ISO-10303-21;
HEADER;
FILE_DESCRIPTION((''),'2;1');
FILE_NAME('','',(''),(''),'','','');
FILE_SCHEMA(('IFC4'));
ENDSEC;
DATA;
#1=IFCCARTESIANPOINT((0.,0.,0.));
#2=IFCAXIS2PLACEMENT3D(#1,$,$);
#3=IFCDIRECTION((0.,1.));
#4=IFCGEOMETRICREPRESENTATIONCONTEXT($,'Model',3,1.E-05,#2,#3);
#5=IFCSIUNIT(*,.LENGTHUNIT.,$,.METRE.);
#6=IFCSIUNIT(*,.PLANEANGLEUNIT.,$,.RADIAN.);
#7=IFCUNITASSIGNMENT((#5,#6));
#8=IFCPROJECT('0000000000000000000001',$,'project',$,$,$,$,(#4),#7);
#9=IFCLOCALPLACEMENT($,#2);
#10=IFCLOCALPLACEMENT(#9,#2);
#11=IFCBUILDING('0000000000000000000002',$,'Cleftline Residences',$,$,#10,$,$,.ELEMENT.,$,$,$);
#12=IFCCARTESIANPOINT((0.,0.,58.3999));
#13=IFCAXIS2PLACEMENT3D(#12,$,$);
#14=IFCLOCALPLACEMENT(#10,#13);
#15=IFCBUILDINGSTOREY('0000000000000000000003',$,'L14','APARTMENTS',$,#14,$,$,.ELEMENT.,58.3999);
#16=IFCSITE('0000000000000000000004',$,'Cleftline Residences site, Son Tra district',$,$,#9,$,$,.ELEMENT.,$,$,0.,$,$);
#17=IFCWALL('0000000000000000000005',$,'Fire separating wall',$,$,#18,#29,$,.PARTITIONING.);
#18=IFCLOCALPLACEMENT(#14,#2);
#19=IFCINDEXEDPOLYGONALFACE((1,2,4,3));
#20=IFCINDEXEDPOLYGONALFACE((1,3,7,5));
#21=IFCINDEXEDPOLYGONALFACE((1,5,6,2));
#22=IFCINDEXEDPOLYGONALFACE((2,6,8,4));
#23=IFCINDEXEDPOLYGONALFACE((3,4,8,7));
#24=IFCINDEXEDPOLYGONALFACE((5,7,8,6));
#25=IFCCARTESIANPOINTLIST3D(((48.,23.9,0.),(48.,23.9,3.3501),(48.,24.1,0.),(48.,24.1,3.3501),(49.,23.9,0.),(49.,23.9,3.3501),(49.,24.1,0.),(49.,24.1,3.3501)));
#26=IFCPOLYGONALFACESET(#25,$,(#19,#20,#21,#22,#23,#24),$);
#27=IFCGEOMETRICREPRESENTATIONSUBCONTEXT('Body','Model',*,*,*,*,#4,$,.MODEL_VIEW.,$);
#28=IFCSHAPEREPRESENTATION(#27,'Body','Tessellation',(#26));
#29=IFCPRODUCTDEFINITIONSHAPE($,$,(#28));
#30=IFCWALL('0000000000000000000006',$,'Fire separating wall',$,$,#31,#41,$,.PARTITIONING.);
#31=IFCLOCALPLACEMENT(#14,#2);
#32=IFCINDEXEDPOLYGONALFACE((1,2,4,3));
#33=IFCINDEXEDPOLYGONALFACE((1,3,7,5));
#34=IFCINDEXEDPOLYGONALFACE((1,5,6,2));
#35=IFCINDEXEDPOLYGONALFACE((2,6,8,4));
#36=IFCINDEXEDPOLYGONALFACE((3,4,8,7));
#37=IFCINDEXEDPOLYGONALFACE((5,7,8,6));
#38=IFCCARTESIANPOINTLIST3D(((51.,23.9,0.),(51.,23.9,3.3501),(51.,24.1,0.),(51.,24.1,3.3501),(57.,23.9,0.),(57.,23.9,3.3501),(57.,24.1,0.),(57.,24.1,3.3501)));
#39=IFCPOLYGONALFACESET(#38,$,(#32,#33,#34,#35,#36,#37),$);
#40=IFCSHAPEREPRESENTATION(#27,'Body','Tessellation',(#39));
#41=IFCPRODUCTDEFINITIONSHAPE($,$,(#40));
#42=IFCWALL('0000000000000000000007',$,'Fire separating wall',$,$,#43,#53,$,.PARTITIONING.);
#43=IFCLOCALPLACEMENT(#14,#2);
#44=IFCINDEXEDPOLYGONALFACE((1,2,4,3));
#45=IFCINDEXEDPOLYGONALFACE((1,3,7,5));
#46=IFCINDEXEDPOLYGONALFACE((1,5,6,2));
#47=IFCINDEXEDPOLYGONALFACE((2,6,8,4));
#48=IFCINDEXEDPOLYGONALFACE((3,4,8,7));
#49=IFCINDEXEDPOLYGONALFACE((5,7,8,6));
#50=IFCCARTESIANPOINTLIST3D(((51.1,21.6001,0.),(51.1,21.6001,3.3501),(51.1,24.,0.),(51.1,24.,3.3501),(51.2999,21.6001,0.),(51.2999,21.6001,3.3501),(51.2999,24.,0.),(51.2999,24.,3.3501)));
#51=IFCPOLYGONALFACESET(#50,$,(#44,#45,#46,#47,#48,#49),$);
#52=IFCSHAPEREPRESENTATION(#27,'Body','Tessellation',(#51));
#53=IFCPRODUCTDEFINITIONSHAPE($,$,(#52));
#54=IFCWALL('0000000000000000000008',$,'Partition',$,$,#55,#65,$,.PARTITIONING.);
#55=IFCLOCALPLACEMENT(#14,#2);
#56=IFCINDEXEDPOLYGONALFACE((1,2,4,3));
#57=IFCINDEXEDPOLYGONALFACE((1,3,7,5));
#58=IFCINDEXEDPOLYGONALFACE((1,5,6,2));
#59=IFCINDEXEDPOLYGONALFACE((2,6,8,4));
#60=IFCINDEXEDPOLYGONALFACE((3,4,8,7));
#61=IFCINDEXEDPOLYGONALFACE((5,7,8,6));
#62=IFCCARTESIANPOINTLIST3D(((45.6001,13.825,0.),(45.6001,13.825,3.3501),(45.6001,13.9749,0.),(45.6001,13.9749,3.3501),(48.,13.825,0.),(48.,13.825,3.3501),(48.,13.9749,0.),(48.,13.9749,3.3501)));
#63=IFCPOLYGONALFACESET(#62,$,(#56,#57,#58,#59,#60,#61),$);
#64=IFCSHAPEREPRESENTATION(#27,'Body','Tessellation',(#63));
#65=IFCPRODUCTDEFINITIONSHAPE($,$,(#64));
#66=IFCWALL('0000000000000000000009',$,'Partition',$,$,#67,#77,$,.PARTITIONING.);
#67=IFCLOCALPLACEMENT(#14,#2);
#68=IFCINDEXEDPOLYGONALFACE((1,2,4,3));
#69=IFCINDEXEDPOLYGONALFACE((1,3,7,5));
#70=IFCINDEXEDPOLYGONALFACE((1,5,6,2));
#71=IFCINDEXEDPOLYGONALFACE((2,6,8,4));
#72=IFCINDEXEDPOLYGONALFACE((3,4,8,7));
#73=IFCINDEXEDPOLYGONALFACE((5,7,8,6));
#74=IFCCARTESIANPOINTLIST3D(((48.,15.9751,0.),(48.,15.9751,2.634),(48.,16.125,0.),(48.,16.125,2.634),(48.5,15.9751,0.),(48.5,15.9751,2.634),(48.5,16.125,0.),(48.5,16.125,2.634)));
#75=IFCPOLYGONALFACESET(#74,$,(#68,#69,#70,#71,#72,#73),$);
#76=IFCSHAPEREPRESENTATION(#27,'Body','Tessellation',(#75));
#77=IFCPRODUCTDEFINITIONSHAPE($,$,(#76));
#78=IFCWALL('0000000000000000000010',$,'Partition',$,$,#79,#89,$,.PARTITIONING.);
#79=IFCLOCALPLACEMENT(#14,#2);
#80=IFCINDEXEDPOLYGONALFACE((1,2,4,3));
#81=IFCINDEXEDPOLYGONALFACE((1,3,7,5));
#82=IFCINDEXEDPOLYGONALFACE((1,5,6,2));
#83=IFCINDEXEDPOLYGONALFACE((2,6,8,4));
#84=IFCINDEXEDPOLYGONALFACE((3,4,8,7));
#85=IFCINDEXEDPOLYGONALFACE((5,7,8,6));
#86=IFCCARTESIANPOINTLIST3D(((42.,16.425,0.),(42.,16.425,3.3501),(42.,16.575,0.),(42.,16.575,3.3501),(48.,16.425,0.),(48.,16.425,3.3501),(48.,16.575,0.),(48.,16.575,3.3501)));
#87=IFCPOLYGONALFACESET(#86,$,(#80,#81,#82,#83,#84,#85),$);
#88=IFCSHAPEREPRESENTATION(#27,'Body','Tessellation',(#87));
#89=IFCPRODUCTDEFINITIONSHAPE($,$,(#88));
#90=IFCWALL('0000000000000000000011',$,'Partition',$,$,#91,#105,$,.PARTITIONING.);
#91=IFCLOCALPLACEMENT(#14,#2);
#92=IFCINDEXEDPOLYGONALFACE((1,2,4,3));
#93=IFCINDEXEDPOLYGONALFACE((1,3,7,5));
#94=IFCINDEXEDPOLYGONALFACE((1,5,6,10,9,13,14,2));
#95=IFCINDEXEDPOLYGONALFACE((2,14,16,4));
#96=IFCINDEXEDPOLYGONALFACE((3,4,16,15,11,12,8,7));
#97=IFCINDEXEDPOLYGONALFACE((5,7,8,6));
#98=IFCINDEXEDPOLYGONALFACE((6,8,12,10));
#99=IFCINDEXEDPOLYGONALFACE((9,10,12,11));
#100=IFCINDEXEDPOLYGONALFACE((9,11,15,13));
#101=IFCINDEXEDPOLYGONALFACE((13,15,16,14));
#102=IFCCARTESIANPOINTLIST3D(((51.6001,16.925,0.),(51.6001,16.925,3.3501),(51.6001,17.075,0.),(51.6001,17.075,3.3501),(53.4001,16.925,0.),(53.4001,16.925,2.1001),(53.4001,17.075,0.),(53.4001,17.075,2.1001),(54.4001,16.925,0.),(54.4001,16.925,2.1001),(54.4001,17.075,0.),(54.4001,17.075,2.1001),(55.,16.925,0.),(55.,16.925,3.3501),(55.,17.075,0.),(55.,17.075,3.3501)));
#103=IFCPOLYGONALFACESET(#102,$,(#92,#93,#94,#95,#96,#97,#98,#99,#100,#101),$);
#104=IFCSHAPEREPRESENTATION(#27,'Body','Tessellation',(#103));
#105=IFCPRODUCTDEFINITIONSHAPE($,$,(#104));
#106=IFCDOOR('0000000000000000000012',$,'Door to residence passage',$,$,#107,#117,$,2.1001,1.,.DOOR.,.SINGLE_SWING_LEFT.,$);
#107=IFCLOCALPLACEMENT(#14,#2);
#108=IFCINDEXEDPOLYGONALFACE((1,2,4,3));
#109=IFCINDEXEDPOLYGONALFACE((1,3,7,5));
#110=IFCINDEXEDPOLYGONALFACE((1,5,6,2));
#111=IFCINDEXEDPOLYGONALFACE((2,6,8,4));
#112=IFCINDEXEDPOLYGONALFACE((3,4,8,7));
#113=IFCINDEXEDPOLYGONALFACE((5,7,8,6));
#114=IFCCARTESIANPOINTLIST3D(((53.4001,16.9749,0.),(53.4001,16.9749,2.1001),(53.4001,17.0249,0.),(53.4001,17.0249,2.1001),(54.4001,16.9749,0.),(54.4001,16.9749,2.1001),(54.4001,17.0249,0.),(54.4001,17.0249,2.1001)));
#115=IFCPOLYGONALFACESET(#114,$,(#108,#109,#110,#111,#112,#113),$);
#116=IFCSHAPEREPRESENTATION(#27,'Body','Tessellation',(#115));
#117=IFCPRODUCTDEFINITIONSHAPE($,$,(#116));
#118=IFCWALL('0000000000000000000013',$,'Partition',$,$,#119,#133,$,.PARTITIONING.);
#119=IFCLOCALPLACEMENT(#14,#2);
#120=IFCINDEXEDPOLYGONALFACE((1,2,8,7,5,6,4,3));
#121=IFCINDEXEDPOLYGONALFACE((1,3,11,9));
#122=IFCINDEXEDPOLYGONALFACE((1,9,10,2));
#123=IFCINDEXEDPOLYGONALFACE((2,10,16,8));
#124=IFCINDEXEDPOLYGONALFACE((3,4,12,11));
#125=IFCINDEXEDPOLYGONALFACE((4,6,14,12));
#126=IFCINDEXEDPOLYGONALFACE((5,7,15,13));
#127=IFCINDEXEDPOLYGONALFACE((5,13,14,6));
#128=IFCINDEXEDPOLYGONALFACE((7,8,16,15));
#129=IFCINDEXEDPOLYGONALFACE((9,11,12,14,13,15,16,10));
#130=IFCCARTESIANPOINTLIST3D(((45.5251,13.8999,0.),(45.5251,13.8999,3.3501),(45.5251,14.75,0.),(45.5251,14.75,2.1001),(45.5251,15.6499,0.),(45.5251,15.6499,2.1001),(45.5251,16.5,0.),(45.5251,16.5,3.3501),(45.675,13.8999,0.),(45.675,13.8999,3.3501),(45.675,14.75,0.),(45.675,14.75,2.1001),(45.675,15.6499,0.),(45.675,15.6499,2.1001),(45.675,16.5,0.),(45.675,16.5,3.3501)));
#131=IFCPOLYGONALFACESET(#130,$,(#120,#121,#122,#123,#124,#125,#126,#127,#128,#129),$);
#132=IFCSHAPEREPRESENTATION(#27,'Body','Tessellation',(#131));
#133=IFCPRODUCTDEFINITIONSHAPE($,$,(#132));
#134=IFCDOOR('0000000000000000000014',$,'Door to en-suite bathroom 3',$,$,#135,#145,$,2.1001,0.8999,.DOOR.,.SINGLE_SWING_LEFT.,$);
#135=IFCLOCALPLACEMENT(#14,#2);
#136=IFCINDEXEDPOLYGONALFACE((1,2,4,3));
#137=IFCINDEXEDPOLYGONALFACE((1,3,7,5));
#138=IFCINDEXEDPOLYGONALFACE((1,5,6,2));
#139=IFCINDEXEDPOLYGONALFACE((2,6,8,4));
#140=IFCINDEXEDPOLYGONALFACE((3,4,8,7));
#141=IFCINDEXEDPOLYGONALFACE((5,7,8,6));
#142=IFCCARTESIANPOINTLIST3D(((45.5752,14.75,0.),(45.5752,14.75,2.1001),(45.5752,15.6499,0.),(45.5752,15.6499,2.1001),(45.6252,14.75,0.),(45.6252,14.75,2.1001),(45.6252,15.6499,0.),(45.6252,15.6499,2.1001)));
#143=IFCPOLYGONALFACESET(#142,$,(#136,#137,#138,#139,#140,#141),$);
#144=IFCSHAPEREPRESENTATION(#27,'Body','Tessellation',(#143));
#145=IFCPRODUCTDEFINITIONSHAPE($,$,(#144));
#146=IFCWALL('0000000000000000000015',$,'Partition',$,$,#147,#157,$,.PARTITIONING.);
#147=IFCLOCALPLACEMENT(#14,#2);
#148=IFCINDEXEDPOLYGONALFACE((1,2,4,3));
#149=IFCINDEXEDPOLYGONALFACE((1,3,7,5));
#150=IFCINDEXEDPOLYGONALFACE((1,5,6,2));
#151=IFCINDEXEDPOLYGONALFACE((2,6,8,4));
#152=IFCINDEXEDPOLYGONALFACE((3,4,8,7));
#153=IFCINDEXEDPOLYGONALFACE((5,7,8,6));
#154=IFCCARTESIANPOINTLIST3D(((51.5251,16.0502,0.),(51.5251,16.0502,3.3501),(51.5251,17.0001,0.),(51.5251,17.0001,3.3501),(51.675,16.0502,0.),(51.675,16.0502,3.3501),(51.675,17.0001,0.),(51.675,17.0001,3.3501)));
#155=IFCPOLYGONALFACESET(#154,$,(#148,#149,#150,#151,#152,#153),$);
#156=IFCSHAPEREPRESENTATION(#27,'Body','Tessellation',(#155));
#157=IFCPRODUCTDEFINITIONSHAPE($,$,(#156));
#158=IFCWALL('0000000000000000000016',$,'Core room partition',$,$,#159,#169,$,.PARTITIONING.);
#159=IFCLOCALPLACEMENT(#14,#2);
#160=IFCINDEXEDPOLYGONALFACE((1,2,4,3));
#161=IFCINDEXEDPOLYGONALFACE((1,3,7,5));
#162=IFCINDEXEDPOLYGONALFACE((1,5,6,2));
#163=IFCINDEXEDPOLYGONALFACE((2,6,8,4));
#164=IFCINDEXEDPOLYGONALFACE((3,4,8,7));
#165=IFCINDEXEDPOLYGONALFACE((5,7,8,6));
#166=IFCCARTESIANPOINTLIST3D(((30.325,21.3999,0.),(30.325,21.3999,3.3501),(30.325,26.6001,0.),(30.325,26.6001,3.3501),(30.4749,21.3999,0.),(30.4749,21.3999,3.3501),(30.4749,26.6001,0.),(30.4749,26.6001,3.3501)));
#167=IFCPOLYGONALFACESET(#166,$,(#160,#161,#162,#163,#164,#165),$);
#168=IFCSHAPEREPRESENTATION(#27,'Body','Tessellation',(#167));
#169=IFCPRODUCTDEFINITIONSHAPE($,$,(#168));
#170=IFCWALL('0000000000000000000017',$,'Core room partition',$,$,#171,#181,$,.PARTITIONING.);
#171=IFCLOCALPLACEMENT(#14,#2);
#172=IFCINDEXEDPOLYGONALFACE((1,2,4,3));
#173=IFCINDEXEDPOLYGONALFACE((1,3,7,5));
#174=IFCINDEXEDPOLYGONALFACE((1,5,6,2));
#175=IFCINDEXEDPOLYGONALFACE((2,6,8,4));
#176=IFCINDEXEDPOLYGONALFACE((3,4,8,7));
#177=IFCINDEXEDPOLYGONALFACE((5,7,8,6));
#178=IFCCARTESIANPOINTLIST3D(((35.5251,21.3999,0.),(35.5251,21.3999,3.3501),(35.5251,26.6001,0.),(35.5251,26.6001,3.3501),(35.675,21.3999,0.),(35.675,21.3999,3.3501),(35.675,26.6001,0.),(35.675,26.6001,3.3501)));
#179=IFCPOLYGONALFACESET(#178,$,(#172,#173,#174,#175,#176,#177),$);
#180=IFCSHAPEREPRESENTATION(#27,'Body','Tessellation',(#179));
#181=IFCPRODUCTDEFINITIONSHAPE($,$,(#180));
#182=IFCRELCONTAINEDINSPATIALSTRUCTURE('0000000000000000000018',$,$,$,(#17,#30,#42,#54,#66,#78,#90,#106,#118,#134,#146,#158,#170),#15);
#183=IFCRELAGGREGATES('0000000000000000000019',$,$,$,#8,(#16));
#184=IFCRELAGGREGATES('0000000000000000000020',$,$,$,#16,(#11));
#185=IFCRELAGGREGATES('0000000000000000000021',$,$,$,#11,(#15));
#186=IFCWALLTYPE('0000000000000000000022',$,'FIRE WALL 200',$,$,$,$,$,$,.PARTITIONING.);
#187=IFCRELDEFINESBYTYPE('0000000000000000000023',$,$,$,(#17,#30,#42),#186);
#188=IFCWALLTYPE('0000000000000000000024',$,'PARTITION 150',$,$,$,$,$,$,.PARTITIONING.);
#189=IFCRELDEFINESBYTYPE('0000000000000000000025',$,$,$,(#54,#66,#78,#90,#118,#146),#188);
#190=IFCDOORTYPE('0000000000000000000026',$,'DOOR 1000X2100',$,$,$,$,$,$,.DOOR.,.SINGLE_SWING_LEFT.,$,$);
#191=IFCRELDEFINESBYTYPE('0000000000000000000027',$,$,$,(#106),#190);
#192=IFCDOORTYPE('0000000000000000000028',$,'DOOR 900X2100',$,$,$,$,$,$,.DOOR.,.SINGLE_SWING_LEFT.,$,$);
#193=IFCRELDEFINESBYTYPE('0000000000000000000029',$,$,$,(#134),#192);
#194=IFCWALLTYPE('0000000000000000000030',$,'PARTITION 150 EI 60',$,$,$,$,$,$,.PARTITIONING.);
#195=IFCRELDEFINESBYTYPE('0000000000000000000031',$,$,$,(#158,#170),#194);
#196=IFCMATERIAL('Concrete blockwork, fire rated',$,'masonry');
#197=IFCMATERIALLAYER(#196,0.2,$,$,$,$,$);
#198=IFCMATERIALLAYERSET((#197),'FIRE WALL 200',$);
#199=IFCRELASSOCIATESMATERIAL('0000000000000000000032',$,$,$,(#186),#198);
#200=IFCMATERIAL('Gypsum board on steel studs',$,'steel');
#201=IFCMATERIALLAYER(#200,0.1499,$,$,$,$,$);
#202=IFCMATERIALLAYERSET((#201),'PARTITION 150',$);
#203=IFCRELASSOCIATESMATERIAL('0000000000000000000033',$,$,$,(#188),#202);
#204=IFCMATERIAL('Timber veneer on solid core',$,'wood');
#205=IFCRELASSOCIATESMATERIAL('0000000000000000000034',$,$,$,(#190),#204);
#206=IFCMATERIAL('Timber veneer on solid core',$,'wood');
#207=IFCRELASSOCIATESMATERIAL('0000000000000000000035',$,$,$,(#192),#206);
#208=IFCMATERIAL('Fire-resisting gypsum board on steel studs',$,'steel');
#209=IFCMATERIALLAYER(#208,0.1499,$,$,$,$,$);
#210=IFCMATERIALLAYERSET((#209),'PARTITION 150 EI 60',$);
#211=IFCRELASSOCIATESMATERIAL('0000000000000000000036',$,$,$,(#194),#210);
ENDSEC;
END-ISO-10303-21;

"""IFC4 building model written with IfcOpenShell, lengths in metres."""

from ifc_helpers import new_model, si_unit, direction, frame, frame_2d, origin, place, context, subcontext, project, spatial, rectangle, extrude, material, layer, layer_set, type_object, element, fill, save


model = new_model("IFC4")

# Units and contexts
model_context = context("Model", 3, precision=1e-05, world=origin(), true_north=direction((0.0, 1.0)))
body_context = subcontext(model_context, "Body", "Model", "MODEL_VIEW")
ifc_project = project(units=[si_unit("LENGTHUNIT", "METRE"), si_unit("PLANEANGLEUNIT", "RADIAN")], contexts=[model_context])

# Site, building, storey
site_placement = place(None, origin())
site = spatial("IfcSite", under=ifc_project, at=site_placement, Name="Cleftline Residences site, Son Tra district", CompositionType="ELEMENT", RefElevation=0.0)
building_placement = place(site_placement, origin())
building = spatial("IfcBuilding", under=site, at=building_placement, Name="Cleftline Residences", CompositionType="ELEMENT")
storey_placement = place(building_placement, frame((0.0, 0.0, 58.3999)))
storey = spatial("IfcBuildingStorey", under=building, at=storey_placement, Name="L14", Description="APARTMENTS", CompositionType="ELEMENT", Elevation=58.3999)

# Shared definitions
ifc_material_1 = material(Name="Concrete blockwork, fire rated", Category="masonry")
ifc_layer_1 = layer(ifc_material_1, 0.2)
ifc_layer_set_1 = layer_set([ifc_layer_1], Name="FIRE WALL 200")
wall_type_1 = type_object("IfcWallType", Name="FIRE WALL 200", PredefinedType="PARTITIONING", material=ifc_layer_set_1)

# Walls
wall_1_placement = place(storey_placement, frame((48.0, 24.0, 0.0), z_axis=(0.0, 0.0, 1.0), x_axis=(1.0, 0.0, 0.0)))
element("IfcWall", 1, at=wall_1_placement, inside=storey, type_object=wall_type_1, Name="Fire separating wall", PredefinedType="PARTITIONING", context=body_context, shape_type="SweptSolid", body=[
    extrude(rectangle(XDim=1.0, YDim=0.2, at=frame_2d((0.5, 0.0))), origin(), (0.0, 0.0, 1.0), 3.3501),
])
wall_2_placement = place(storey_placement, frame((51.0, 24.0, 0.0), z_axis=(0.0, 0.0, 1.0), x_axis=(1.0, 0.0, 0.0)))
element("IfcWall", 2, at=wall_2_placement, inside=storey, type_object=wall_type_1, Name="Fire separating wall", PredefinedType="PARTITIONING", context=body_context, shape_type="SweptSolid", body=[
    extrude(rectangle(XDim=6.0, YDim=0.2, at=frame_2d((3.0, 0.0))), origin(), (0.0, 0.0, 1.0), 3.3501),
])

# Walls
wall_3_placement = place(storey_placement, frame((51.2, 21.6001, 0.0), z_axis=(0.0, 0.0, 1.0), x_axis=(0.0, 1.0, 0.0)))
element("IfcWall", 3, at=wall_3_placement, inside=storey, type_object=wall_type_1, Name="Fire separating wall", PredefinedType="PARTITIONING", context=body_context, shape_type="SweptSolid", body=[
    extrude(rectangle(XDim=2.3999, YDim=0.2, at=frame_2d((1.2, 0.0))), origin(), (0.0, 0.0, 1.0), 3.3501),
])
ifc_material_2 = material(Name="Gypsum board on steel studs", Category="steel")
ifc_layer_2 = layer(ifc_material_2, 0.1499)
ifc_layer_set_2 = layer_set([ifc_layer_2], Name="PARTITION 150")
wall_type_2 = type_object("IfcWallType", Name="PARTITION 150", PredefinedType="PARTITIONING", material=ifc_layer_set_2)
wall_4_placement = place(storey_placement, frame((45.6001, 13.8999, 0.0), z_axis=(0.0, 0.0, 1.0), x_axis=(1.0, 0.0, 0.0)))
element("IfcWall", 4, at=wall_4_placement, inside=storey, type_object=wall_type_2, Name="Partition", PredefinedType="PARTITIONING", context=body_context, shape_type="SweptSolid", body=[
    extrude(rectangle(XDim=2.3999, YDim=0.1499, at=frame_2d((1.2, 0.0))), origin(), (0.0, 0.0, 1.0), 3.3501),
])
wall_5_placement = place(storey_placement, frame((48.0, 16.05, 0.0), z_axis=(0.0, 0.0, 1.0), x_axis=(1.0, 0.0, 0.0)))
element("IfcWall", 5, at=wall_5_placement, inside=storey, type_object=wall_type_2, Name="Partition", PredefinedType="PARTITIONING", context=body_context, shape_type="SweptSolid", body=[
    extrude(rectangle(XDim=0.5, YDim=0.1499, at=frame_2d((0.25, 0.0))), origin(), (0.0, 0.0, 1.0), 2.634),
])
wall_6_placement = place(storey_placement, frame((42.0, 16.5, 0.0), z_axis=(0.0, 0.0, 1.0), x_axis=(1.0, 0.0, 0.0)))
element("IfcWall", 6, at=wall_6_placement, inside=storey, type_object=wall_type_2, Name="Partition", PredefinedType="PARTITIONING", context=body_context, shape_type="SweptSolid", body=[
    extrude(rectangle(XDim=6.0, YDim=0.1499, at=frame_2d((3.0, 0.0))), origin(), (0.0, 0.0, 1.0), 3.3501),
])

# Walls, openings, doors
wall_7_placement = place(storey_placement, frame((51.6001, 17.0, 0.0), z_axis=(0.0, 0.0, 1.0), x_axis=(1.0, 0.0, 0.0)))
wall_7 = element("IfcWall", 7, at=wall_7_placement, inside=storey, type_object=wall_type_2, Name="Partition", PredefinedType="PARTITIONING", context=body_context, shape_type="SweptSolid", body=[
    extrude(rectangle(XDim=3.3999, YDim=0.1499, at=frame_2d((1.7, 0.0))), origin(), (0.0, 0.0, 1.0), 3.3501),
])
opening_1_placement = place(wall_7_placement, frame((1.8, 0.0, 0.0)))
opening_1 = element("IfcOpeningElement", 8, at=opening_1_placement, cuts=wall_7, PredefinedType="OPENING", context=body_context, shape_type="SweptSolid", body=[
    extrude(rectangle(XDim=1.0, YDim=2.1001, at=frame_2d((0.5, 1.05))), frame((0.0, 0.085, 0.0), z_axis=(0.0, -1.0, 0.0), x_axis=(1.0, 0.0, 0.0)), (0.0, 0.0, 1.0), 0.1699),
])
ifc_material_3 = material(Name="Timber veneer on solid core", Category="wood")
door_type_1 = type_object("IfcDoorType", Name="DOOR 1000X2100", OperationType="SINGLE_SWING_LEFT", PredefinedType="DOOR", material=ifc_material_3)
door_1_placement = place(opening_1_placement, origin())
door_1 = element("IfcDoor", 9, at=door_1_placement, inside=storey, type_object=door_type_1, Name="Door to residence passage", OperationType="SINGLE_SWING_LEFT", OverallHeight=2.1001, OverallWidth=1.0, PredefinedType="DOOR", context=body_context, shape_type="SweptSolid", body=[
    extrude(rectangle(XDim=1.0, YDim=2.1001, at=frame_2d((0.5, 1.05))), frame((0.0, 0.0249, 0.0), z_axis=(0.0, -1.0, 0.0), x_axis=(1.0, 0.0, 0.0)), (0.0, 0.0, 1.0), 0.05),
])
fill(opening_1, door_1)
wall_8_placement = place(storey_placement, frame((45.6001, 13.8999, 0.0), z_axis=(0.0, 0.0, 1.0), x_axis=(0.0, 1.0, 0.0)))
wall_8 = element("IfcWall", 10, at=wall_8_placement, inside=storey, type_object=wall_type_2, Name="Partition", PredefinedType="PARTITIONING", context=body_context, shape_type="SweptSolid", body=[
    extrude(rectangle(XDim=2.6001, YDim=0.1499, at=frame_2d((1.3, 0.0))), origin(), (0.0, 0.0, 1.0), 3.3501),
])
opening_2_placement = place(wall_8_placement, frame((0.8501, 0.0, 0.0)))
opening_2 = element("IfcOpeningElement", 11, at=opening_2_placement, cuts=wall_8, PredefinedType="OPENING", context=body_context, shape_type="SweptSolid", body=[
    extrude(rectangle(XDim=0.8999, YDim=2.1001, at=frame_2d((0.45, 1.05))), frame((0.0, 0.085, 0.0), z_axis=(0.0, -1.0, 0.0), x_axis=(1.0, 0.0, 0.0)), (0.0, 0.0, 1.0), 0.1699),
])
ifc_material_4 = material(Name="Timber veneer on solid core", Category="wood")
door_type_2 = type_object("IfcDoorType", Name="DOOR 900X2100", OperationType="SINGLE_SWING_LEFT", PredefinedType="DOOR", material=ifc_material_4)
door_2_placement = place(opening_2_placement, origin())
door_2 = element("IfcDoor", 12, at=door_2_placement, inside=storey, type_object=door_type_2, Name="Door to en-suite bathroom 3", OperationType="SINGLE_SWING_LEFT", OverallHeight=2.1001, OverallWidth=0.8999, PredefinedType="DOOR", context=body_context, shape_type="SweptSolid", body=[
    extrude(rectangle(XDim=0.8999, YDim=2.1001, at=frame_2d((0.45, 1.05))), frame((0.0, 0.0249, 0.0), z_axis=(0.0, -1.0, 0.0), x_axis=(1.0, 0.0, 0.0)), (0.0, 0.0, 1.0), 0.05),
])
fill(opening_2, door_2)

# Walls
wall_9_placement = place(storey_placement, frame((51.6001, 16.05, 0.0), z_axis=(0.0, 0.0, 1.0), x_axis=(0.0, 1.0, 0.0)))
element("IfcWall", 13, at=wall_9_placement, inside=storey, type_object=wall_type_2, Name="Partition", PredefinedType="PARTITIONING", context=body_context, shape_type="SweptSolid", body=[
    extrude(rectangle(XDim=0.95, YDim=0.1499, at=frame_2d((0.4751, 0.0))), origin(), (0.0, 0.0, 1.0), 3.3501),
])
ifc_material_5 = material(Name="Fire-resisting gypsum board on steel studs", Category="steel")
ifc_layer_3 = layer(ifc_material_5, 0.1499)
ifc_layer_set_3 = layer_set([ifc_layer_3], Name="PARTITION 150 EI 60")
wall_type_3 = type_object("IfcWallType", Name="PARTITION 150 EI 60", PredefinedType="PARTITIONING", material=ifc_layer_set_3)
for number, where, z_axis, x_axis, name in (
    (14, (30.3999, 21.3999, 0.0), (0.0, 0.0, 1.0), (0.0, 1.0, 0.0), "Core room partition"),
    (15, (35.6001, 21.3999, 0.0), (0.0, 0.0, 1.0), (0.0, 1.0, 0.0), "Core room partition"),
):
    element("IfcWall", number, at=place(storey_placement, frame(where, z_axis=z_axis, x_axis=x_axis)), inside=storey, type_object=wall_type_3, Name=name, PredefinedType="PARTITIONING", context=body_context, shape_type="SweptSolid", body=[
        extrude(rectangle(XDim=5.2002, YDim=0.1499, at=frame_2d((2.6001, 0.0))), origin(), (0.0, 0.0, 1.0), 3.3501),
    ])

save(model, "model.ifc")
